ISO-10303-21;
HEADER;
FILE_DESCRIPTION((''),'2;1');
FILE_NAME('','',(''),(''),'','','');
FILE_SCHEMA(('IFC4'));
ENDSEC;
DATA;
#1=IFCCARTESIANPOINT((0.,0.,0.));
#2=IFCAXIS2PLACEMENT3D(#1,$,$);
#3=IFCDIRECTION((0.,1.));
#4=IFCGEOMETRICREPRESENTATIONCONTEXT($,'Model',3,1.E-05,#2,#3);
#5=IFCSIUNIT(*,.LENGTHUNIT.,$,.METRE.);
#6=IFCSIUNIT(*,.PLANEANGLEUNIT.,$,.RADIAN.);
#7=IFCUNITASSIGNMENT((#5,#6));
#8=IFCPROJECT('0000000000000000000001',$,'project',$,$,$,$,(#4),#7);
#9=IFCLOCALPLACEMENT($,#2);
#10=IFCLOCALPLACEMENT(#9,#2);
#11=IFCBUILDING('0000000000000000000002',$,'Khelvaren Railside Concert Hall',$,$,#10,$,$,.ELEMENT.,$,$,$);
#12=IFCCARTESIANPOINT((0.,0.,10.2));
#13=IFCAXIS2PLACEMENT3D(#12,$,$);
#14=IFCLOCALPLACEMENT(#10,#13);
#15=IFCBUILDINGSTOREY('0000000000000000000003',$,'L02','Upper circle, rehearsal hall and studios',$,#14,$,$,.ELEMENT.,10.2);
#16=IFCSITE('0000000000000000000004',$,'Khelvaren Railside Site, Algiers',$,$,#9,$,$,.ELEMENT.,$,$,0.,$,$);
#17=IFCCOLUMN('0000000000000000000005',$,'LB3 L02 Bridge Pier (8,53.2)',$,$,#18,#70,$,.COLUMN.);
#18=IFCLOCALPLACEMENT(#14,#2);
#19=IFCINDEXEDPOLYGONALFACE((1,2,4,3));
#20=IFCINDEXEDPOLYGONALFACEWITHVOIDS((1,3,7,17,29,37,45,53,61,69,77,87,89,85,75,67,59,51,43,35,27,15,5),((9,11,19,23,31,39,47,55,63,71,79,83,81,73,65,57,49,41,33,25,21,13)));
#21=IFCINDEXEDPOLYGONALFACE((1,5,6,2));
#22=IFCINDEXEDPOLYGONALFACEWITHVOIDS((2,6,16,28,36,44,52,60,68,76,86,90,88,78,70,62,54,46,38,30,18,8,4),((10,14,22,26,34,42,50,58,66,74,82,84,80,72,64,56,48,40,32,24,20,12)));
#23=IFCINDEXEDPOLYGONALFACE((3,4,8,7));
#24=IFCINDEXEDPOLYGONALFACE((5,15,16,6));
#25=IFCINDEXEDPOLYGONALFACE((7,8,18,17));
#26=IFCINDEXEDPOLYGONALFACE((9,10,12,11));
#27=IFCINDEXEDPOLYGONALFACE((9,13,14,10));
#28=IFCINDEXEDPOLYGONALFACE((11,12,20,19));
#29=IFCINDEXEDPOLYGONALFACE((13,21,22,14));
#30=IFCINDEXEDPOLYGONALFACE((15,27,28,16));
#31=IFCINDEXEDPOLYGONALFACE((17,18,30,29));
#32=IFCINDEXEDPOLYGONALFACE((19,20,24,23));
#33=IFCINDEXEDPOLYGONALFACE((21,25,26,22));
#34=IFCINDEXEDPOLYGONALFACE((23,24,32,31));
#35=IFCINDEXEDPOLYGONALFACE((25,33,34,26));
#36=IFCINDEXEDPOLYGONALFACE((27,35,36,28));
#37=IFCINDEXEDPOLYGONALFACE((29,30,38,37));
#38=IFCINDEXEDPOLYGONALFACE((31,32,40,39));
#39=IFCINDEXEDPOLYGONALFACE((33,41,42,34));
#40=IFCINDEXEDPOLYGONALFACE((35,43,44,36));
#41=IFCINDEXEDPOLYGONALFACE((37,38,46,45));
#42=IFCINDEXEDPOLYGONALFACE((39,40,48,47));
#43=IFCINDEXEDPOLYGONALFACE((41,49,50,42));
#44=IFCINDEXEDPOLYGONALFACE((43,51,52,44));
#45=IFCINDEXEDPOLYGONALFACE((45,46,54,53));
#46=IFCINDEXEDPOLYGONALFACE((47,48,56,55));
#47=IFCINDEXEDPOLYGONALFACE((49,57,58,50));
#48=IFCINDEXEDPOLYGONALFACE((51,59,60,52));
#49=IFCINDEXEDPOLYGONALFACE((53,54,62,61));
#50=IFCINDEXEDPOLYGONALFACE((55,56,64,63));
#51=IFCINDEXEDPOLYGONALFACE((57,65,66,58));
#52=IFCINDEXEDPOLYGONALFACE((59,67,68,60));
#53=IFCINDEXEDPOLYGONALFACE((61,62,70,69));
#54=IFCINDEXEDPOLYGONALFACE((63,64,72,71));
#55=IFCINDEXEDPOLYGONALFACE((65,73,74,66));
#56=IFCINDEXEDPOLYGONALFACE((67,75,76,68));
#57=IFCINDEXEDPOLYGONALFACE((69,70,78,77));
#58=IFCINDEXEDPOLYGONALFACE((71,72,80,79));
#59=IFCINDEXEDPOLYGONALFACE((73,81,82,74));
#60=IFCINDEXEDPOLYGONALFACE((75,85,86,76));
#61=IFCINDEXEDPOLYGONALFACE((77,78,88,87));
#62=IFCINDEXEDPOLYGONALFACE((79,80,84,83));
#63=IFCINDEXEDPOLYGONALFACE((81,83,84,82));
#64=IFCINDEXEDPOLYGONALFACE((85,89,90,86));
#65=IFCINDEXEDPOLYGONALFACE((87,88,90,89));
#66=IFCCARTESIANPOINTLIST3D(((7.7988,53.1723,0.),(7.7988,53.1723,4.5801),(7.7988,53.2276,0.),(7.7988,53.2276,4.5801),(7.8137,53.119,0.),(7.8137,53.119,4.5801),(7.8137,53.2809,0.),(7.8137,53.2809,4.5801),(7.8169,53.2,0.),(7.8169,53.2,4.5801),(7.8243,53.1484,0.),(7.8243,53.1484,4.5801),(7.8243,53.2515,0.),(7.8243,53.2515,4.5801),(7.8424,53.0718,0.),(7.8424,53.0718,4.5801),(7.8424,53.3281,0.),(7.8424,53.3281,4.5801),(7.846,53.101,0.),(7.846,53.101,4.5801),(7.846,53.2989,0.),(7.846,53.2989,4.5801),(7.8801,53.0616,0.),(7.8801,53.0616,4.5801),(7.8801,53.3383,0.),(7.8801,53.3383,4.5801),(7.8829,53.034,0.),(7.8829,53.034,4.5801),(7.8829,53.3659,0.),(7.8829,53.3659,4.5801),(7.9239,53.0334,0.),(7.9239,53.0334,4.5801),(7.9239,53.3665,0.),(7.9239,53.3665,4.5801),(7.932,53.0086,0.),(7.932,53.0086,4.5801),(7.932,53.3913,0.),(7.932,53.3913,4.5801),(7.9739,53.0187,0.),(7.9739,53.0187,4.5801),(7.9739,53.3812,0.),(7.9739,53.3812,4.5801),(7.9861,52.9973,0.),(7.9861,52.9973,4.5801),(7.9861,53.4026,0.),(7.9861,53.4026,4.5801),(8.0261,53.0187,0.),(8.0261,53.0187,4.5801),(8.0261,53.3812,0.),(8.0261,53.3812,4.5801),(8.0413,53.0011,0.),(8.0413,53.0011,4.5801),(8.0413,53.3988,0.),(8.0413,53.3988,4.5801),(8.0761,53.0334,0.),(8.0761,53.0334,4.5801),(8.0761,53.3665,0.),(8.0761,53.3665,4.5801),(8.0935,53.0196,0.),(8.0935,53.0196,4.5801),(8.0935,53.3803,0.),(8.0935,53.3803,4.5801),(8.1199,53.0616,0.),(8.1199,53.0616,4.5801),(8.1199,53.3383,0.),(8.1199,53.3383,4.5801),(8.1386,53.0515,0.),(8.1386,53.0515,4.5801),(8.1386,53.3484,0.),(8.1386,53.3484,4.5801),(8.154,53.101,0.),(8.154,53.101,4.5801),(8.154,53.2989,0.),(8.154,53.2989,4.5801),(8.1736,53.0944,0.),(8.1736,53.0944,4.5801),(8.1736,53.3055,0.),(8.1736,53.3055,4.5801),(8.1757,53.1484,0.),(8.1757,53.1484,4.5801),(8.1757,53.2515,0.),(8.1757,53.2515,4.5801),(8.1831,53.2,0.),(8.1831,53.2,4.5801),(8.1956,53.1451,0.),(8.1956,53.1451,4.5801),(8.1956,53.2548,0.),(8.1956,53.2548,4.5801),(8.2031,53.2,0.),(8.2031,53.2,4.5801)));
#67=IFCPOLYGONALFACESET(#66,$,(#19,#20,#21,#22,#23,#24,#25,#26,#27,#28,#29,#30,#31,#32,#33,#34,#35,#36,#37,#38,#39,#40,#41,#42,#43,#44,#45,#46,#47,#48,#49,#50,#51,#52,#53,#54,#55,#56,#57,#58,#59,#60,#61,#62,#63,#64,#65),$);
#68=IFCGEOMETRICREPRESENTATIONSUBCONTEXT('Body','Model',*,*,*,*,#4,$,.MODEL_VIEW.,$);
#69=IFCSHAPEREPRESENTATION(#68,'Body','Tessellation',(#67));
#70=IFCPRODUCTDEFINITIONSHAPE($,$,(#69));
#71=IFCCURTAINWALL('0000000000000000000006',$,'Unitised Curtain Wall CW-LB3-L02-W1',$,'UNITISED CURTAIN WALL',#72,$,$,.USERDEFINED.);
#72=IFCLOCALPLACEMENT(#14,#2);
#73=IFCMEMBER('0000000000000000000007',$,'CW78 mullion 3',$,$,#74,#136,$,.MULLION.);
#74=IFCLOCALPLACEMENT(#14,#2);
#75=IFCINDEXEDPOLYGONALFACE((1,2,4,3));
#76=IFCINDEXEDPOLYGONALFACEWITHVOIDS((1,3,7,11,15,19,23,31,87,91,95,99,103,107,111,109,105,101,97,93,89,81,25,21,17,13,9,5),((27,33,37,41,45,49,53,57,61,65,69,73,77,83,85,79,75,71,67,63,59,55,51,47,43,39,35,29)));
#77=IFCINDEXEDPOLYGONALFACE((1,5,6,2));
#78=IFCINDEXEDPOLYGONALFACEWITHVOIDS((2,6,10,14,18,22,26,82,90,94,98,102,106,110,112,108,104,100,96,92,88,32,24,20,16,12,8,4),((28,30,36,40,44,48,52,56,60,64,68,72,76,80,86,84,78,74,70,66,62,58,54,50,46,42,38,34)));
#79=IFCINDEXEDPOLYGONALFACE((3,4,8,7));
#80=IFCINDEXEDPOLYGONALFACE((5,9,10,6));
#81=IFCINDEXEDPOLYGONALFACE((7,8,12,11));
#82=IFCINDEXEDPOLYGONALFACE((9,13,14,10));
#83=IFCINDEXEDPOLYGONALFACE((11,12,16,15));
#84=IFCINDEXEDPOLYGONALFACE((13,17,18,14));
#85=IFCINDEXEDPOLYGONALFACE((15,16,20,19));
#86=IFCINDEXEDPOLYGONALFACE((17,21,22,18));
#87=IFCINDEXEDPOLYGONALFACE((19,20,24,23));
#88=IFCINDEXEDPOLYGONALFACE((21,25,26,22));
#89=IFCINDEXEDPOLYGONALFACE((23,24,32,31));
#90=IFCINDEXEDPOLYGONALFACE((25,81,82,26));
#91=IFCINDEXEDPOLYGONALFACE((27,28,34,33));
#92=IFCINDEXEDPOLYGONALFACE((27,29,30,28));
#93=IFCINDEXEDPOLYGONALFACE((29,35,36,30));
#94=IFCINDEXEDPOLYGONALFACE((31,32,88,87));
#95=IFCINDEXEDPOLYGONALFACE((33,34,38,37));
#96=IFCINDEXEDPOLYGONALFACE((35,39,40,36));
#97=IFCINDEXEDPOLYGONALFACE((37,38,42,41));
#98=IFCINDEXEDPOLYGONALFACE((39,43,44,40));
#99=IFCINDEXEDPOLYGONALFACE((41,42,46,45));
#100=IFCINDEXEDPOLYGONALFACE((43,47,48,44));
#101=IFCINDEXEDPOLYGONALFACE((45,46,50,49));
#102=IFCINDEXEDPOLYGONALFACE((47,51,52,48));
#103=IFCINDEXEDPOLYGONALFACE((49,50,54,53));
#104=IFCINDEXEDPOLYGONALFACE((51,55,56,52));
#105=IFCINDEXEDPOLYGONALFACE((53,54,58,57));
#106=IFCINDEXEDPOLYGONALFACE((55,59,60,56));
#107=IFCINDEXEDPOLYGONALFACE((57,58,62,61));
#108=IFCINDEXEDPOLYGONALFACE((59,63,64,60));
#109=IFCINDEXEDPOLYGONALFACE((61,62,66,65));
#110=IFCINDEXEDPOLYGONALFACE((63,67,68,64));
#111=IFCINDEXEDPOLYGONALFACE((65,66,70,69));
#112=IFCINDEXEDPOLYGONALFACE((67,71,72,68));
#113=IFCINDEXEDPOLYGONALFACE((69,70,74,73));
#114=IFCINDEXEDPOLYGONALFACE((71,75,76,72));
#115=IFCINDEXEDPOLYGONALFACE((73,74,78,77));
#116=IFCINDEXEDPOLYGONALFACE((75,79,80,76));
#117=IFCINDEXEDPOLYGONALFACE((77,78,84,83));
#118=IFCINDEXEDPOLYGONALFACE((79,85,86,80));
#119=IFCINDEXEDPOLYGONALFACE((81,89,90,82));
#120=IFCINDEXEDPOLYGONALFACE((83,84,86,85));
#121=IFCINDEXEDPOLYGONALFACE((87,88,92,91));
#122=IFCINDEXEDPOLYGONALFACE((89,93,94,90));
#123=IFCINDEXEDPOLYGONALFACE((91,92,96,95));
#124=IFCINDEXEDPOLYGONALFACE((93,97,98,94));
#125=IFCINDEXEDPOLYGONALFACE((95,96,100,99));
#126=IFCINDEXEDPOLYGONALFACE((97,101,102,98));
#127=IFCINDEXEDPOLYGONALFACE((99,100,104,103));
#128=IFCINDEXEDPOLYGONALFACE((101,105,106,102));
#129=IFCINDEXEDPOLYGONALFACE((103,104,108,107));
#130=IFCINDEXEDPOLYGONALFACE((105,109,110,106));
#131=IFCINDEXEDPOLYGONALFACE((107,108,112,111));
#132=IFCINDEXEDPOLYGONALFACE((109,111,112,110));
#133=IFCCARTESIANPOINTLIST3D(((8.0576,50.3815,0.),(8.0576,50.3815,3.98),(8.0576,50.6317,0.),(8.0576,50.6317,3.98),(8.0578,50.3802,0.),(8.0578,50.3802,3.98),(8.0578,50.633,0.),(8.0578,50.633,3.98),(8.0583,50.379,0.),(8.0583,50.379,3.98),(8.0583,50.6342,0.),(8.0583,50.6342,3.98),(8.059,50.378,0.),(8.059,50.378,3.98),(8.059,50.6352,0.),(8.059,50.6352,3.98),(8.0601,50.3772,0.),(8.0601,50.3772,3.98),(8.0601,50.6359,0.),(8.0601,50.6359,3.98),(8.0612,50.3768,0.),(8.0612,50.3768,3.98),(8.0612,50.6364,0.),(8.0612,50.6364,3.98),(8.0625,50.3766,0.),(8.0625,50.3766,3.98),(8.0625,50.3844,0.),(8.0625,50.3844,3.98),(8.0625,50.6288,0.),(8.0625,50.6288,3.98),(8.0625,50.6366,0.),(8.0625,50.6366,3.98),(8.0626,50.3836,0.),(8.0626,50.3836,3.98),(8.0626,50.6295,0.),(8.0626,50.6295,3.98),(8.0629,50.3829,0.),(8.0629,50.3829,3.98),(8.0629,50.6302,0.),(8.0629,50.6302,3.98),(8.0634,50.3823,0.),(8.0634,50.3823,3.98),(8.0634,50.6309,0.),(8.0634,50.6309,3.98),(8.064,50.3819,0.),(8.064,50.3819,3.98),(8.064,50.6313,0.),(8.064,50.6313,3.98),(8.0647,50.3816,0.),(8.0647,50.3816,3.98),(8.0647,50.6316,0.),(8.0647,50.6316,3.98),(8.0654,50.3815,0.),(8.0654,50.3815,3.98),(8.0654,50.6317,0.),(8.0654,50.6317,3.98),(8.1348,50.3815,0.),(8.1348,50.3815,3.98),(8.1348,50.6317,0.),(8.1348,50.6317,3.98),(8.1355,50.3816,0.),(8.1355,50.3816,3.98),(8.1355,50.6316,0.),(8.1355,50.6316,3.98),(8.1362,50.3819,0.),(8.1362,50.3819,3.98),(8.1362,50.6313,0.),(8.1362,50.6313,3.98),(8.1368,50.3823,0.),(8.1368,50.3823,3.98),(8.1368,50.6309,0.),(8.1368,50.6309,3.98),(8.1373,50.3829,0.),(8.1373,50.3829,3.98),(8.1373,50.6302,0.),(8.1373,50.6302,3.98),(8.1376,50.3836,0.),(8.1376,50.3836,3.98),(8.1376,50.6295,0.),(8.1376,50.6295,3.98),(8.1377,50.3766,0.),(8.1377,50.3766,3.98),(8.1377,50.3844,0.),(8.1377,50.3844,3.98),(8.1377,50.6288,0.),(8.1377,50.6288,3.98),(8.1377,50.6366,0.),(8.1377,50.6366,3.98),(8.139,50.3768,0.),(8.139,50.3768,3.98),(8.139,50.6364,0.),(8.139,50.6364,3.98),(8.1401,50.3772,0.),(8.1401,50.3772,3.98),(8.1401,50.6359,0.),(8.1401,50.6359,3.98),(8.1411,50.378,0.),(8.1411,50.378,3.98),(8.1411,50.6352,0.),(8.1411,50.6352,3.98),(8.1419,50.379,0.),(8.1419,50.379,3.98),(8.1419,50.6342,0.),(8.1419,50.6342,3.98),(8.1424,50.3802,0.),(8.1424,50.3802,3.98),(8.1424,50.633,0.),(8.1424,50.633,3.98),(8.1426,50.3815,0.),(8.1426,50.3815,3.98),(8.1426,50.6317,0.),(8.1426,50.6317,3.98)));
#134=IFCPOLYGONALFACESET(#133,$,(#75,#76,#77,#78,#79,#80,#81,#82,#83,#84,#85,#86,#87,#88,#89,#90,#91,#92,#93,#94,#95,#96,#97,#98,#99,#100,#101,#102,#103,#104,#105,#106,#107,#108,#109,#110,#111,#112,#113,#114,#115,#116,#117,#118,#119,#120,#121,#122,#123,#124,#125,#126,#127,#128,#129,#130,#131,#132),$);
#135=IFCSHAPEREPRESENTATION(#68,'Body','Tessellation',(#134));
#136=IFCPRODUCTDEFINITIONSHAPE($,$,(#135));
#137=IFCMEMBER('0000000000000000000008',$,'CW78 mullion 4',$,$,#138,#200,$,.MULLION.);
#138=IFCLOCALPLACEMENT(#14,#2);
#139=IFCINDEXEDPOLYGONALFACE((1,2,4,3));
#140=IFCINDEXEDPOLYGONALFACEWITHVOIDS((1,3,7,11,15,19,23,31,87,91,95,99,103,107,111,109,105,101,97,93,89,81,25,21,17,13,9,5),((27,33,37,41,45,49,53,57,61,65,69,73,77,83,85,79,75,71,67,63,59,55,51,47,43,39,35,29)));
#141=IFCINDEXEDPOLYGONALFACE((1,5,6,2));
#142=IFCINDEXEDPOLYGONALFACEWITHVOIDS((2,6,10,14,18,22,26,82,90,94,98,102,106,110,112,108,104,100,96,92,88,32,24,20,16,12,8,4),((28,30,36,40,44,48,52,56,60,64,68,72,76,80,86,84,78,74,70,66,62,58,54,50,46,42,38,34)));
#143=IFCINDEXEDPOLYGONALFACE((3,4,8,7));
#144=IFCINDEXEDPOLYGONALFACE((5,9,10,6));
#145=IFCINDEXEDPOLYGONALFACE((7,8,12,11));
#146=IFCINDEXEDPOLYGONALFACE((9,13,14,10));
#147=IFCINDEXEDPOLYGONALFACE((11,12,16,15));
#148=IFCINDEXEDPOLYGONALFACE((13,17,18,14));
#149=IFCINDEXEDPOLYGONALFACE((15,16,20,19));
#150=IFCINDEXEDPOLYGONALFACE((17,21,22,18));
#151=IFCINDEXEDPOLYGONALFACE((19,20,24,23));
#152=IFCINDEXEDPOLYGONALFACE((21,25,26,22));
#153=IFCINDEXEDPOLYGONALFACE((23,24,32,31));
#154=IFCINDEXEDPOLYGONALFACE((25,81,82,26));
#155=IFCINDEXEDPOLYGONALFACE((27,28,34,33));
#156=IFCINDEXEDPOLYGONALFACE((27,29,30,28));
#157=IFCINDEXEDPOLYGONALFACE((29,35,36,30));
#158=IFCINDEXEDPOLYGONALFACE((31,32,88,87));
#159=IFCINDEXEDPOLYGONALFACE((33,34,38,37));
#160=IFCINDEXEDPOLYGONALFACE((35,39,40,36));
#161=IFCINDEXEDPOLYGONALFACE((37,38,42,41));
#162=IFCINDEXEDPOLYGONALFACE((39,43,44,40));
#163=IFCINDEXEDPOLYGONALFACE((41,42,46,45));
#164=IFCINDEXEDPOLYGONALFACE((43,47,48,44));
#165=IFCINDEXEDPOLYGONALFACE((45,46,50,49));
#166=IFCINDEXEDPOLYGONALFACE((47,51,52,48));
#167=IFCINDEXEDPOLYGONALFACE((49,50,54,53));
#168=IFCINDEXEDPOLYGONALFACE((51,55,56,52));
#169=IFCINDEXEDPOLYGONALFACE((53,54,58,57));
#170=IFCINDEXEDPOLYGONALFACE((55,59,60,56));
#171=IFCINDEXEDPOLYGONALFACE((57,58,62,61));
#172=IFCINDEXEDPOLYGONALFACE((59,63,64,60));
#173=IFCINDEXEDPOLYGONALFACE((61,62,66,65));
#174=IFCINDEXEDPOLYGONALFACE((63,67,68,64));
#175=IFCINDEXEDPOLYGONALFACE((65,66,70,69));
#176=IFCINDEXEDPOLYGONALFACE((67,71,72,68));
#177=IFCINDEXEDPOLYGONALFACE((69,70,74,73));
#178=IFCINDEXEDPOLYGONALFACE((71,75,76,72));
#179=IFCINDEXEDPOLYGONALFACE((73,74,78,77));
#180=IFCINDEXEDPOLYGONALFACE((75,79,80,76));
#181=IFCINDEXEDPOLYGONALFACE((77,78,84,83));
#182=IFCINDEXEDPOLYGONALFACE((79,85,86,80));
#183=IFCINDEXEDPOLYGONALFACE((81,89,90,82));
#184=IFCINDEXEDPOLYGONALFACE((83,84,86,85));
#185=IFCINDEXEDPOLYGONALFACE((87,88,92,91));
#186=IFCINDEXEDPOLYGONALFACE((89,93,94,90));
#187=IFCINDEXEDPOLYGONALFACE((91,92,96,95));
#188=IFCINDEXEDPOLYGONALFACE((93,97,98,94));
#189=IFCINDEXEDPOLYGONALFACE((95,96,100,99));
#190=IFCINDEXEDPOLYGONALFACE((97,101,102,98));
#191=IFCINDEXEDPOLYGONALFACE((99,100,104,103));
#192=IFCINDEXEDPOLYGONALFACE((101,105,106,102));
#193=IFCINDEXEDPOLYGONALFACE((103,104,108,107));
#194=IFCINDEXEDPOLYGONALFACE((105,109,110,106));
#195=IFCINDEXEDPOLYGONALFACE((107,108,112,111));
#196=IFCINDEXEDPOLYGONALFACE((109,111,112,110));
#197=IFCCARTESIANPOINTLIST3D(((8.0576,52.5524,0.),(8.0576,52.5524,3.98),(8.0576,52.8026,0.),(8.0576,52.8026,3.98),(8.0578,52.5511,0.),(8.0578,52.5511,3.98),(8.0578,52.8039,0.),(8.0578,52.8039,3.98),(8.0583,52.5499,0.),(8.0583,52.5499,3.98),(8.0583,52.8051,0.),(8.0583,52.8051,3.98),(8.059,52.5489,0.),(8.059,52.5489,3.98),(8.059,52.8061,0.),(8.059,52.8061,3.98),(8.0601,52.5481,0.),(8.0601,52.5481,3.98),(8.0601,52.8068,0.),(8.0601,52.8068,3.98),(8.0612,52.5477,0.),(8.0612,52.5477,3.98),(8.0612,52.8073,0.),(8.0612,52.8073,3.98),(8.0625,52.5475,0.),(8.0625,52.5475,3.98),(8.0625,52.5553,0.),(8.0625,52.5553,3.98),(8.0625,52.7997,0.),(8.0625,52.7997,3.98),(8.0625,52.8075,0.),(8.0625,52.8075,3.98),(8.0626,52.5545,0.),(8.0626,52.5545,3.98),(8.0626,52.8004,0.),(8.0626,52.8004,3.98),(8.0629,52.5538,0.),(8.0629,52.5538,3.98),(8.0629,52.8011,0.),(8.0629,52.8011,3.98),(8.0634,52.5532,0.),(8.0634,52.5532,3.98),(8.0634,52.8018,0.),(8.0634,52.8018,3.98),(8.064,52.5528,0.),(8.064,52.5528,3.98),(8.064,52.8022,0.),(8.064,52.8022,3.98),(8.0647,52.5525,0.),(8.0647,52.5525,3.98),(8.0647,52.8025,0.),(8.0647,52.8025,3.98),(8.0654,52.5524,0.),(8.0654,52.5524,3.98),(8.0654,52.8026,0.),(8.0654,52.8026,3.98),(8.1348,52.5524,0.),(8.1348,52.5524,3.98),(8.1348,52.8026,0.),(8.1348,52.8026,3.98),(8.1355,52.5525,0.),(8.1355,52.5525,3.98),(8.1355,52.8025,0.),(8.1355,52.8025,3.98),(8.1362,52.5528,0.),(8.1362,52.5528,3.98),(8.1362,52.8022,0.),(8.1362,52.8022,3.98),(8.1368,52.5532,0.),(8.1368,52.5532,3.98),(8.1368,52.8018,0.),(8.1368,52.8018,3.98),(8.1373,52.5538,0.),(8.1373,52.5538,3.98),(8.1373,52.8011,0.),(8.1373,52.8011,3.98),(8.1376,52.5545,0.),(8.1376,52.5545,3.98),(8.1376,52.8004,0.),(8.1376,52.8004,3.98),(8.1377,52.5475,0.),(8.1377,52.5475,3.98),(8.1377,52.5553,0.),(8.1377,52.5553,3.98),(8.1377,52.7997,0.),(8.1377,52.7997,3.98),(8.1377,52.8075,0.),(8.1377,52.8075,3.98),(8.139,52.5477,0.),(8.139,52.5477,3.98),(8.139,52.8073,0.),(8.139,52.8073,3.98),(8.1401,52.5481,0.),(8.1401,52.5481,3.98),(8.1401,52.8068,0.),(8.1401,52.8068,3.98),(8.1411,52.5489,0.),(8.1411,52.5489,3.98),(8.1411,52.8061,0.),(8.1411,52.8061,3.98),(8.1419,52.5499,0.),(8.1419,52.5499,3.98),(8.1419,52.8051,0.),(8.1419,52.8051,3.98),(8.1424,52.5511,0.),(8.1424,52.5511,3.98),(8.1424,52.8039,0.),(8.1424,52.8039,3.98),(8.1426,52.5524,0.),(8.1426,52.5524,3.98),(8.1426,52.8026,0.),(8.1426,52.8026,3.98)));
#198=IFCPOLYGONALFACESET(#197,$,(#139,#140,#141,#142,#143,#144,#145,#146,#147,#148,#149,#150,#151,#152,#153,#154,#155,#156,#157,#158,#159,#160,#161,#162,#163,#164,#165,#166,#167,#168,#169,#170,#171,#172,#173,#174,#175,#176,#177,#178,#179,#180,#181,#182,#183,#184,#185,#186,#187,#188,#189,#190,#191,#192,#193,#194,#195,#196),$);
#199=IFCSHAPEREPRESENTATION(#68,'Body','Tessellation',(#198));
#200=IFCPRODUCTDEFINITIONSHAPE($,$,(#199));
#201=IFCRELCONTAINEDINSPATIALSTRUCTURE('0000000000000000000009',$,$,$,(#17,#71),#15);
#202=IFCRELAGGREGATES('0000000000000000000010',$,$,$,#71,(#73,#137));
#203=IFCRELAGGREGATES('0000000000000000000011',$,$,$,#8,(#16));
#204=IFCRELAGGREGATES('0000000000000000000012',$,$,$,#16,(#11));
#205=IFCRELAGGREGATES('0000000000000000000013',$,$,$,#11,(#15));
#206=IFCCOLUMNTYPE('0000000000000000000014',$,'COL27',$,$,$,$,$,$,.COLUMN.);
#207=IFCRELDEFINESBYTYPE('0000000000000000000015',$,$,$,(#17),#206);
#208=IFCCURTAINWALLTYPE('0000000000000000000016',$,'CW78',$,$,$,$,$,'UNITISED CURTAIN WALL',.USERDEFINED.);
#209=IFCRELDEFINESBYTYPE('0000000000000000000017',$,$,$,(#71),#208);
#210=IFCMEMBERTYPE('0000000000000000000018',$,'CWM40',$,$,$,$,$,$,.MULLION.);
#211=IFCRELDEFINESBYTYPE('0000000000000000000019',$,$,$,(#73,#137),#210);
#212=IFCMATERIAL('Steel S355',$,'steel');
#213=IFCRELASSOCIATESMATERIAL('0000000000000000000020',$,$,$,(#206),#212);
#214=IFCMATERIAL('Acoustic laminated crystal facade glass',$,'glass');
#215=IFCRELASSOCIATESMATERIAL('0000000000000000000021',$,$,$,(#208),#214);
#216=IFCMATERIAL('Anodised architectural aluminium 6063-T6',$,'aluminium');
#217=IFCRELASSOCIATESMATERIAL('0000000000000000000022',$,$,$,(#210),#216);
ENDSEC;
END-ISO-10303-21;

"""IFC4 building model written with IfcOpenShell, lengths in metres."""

from ifc_helpers import new_model, si_unit, direction, frame, origin, origin_2d, place, context, subcontext, project, spatial, hollow_rectangle, hollow_circle, extrude, material, material_profile, profile_set, type_object, element, aggregate, save


model = new_model("IFC4")

# Units and contexts
model_context = context("Model", 3, precision=1e-05, world=origin(), true_north=direction((0.0, 1.0)))
body_context = subcontext(model_context, "Body", "Model", "MODEL_VIEW")
ifc_project = project(units=[si_unit("LENGTHUNIT", "METRE"), si_unit("PLANEANGLEUNIT", "RADIAN")], contexts=[model_context])

# Site, building, storey
site_placement = place(None, origin())
site = spatial("IfcSite", under=ifc_project, at=site_placement, Name="Khelvaren Railside Site, Algiers", CompositionType="ELEMENT", RefElevation=0.0)
building_placement = place(site_placement, origin())
building = spatial("IfcBuilding", under=site, at=building_placement, Name="Khelvaren Railside Concert Hall", CompositionType="ELEMENT")
storey_placement = place(building_placement, frame((0.0, 0.0, 10.2)))
storey = spatial("IfcBuildingStorey", under=building, at=storey_placement, Name="L02", Description="Upper circle, rehearsal hall and studios", CompositionType="ELEMENT", Elevation=10.2)

# Column
ifc_material_1 = material(Name="Steel S355", Category="steel")
ifc_material_profile_1 = material_profile(ifc_material_1, hollow_circle(Radius=0.2031, WallThickness=0.02, at=origin_2d()), Name="CHS 406.4x20")
ifc_profile_set_1 = profile_set([ifc_material_profile_1], Name="Steel S355")
column_type = type_object("IfcColumnType", Name="COL27", PredefinedType="COLUMN", material=ifc_profile_set_1)
column_placement = place(storey_placement, frame((8.0, 53.2, 0.0), z_axis=(0.0, 0.0, 1.0), x_axis=(1.0, 0.0, 0.0)))
element("IfcColumn", 1, at=column_placement, inside=storey, type_object=column_type, Name="LB3 L02 Bridge Pier (8,53.2)", PredefinedType="COLUMN", context=body_context, shape_type="SweptSolid", body=[
    extrude(hollow_circle(Radius=0.2031, WallThickness=0.02, at=origin_2d()), origin(), (0.0, 0.0, 1.0), 4.5801),
])

# Curtain wall, members
ifc_material_2 = material(Name="Acoustic laminated crystal facade glass", Category="glass")
curtain_wall_type = type_object("IfcCurtainWallType", Name="CW78", ElementType="UNITISED CURTAIN WALL", PredefinedType="USERDEFINED", material=ifc_material_2)
curtain_wall_1_placement = place(storey_placement, origin())
curtain_wall_1 = element("IfcCurtainWall", 2, at=curtain_wall_1_placement, inside=storey, type_object=curtain_wall_type, Name="Unitised Curtain Wall CW-LB3-L02-W1", ObjectType="UNITISED CURTAIN WALL", PredefinedType="USERDEFINED")
ifc_material_3 = material(Name="Anodised architectural aluminium 6063-T6", Category="aluminium")
ifc_material_profile_2 = material_profile(ifc_material_3, hollow_rectangle(XDim=0.085, YDim=0.26, WallThickness=0.0049, InnerFilletRadius=0.0029, OuterFilletRadius=0.0049, at=origin_2d()), Name="CWM 85x260x5")
ifc_profile_set_2 = profile_set([ifc_material_profile_2], Name="Anodised architectural aluminium 6063-T6")
member_type_1 = type_object("IfcMemberType", Name="CWM40", PredefinedType="MULLION", material=ifc_profile_set_2)
member_1_placement = place(storey_placement, frame((8.1001, 50.5066, 0.0), z_axis=(0.0, 0.0, 1.0), x_axis=(-1.0, 0.0, 0.0)))
member_1 = element("IfcMember", 3, at=member_1_placement, type_object=member_type_1, Name="CW78 mullion 3", PredefinedType="MULLION", context=body_context, shape_type="SweptSolid", body=[
    extrude(hollow_rectangle(XDim=0.085, YDim=0.26, WallThickness=0.0049, InnerFilletRadius=0.0029, OuterFilletRadius=0.0049, at=origin_2d()), origin(), (0.0, 0.0, 1.0), 3.98),
])
member_2_placement = place(storey_placement, frame((8.1001, 52.6775, 0.0), z_axis=(0.0, 0.0, 1.0), x_axis=(-1.0, 0.0, 0.0)))
member_2 = element("IfcMember", 4, at=member_2_placement, type_object=member_type_1, Name="CW78 mullion 4", PredefinedType="MULLION", context=body_context, shape_type="SweptSolid", body=[
    extrude(hollow_rectangle(XDim=0.085, YDim=0.26, WallThickness=0.0049, InnerFilletRadius=0.0029, OuterFilletRadius=0.0049, at=origin_2d()), origin(), (0.0, 0.0, 1.0), 3.98),
])

aggregate(curtain_wall_1, [member_1, member_2])

save(model, "model.ifc")
